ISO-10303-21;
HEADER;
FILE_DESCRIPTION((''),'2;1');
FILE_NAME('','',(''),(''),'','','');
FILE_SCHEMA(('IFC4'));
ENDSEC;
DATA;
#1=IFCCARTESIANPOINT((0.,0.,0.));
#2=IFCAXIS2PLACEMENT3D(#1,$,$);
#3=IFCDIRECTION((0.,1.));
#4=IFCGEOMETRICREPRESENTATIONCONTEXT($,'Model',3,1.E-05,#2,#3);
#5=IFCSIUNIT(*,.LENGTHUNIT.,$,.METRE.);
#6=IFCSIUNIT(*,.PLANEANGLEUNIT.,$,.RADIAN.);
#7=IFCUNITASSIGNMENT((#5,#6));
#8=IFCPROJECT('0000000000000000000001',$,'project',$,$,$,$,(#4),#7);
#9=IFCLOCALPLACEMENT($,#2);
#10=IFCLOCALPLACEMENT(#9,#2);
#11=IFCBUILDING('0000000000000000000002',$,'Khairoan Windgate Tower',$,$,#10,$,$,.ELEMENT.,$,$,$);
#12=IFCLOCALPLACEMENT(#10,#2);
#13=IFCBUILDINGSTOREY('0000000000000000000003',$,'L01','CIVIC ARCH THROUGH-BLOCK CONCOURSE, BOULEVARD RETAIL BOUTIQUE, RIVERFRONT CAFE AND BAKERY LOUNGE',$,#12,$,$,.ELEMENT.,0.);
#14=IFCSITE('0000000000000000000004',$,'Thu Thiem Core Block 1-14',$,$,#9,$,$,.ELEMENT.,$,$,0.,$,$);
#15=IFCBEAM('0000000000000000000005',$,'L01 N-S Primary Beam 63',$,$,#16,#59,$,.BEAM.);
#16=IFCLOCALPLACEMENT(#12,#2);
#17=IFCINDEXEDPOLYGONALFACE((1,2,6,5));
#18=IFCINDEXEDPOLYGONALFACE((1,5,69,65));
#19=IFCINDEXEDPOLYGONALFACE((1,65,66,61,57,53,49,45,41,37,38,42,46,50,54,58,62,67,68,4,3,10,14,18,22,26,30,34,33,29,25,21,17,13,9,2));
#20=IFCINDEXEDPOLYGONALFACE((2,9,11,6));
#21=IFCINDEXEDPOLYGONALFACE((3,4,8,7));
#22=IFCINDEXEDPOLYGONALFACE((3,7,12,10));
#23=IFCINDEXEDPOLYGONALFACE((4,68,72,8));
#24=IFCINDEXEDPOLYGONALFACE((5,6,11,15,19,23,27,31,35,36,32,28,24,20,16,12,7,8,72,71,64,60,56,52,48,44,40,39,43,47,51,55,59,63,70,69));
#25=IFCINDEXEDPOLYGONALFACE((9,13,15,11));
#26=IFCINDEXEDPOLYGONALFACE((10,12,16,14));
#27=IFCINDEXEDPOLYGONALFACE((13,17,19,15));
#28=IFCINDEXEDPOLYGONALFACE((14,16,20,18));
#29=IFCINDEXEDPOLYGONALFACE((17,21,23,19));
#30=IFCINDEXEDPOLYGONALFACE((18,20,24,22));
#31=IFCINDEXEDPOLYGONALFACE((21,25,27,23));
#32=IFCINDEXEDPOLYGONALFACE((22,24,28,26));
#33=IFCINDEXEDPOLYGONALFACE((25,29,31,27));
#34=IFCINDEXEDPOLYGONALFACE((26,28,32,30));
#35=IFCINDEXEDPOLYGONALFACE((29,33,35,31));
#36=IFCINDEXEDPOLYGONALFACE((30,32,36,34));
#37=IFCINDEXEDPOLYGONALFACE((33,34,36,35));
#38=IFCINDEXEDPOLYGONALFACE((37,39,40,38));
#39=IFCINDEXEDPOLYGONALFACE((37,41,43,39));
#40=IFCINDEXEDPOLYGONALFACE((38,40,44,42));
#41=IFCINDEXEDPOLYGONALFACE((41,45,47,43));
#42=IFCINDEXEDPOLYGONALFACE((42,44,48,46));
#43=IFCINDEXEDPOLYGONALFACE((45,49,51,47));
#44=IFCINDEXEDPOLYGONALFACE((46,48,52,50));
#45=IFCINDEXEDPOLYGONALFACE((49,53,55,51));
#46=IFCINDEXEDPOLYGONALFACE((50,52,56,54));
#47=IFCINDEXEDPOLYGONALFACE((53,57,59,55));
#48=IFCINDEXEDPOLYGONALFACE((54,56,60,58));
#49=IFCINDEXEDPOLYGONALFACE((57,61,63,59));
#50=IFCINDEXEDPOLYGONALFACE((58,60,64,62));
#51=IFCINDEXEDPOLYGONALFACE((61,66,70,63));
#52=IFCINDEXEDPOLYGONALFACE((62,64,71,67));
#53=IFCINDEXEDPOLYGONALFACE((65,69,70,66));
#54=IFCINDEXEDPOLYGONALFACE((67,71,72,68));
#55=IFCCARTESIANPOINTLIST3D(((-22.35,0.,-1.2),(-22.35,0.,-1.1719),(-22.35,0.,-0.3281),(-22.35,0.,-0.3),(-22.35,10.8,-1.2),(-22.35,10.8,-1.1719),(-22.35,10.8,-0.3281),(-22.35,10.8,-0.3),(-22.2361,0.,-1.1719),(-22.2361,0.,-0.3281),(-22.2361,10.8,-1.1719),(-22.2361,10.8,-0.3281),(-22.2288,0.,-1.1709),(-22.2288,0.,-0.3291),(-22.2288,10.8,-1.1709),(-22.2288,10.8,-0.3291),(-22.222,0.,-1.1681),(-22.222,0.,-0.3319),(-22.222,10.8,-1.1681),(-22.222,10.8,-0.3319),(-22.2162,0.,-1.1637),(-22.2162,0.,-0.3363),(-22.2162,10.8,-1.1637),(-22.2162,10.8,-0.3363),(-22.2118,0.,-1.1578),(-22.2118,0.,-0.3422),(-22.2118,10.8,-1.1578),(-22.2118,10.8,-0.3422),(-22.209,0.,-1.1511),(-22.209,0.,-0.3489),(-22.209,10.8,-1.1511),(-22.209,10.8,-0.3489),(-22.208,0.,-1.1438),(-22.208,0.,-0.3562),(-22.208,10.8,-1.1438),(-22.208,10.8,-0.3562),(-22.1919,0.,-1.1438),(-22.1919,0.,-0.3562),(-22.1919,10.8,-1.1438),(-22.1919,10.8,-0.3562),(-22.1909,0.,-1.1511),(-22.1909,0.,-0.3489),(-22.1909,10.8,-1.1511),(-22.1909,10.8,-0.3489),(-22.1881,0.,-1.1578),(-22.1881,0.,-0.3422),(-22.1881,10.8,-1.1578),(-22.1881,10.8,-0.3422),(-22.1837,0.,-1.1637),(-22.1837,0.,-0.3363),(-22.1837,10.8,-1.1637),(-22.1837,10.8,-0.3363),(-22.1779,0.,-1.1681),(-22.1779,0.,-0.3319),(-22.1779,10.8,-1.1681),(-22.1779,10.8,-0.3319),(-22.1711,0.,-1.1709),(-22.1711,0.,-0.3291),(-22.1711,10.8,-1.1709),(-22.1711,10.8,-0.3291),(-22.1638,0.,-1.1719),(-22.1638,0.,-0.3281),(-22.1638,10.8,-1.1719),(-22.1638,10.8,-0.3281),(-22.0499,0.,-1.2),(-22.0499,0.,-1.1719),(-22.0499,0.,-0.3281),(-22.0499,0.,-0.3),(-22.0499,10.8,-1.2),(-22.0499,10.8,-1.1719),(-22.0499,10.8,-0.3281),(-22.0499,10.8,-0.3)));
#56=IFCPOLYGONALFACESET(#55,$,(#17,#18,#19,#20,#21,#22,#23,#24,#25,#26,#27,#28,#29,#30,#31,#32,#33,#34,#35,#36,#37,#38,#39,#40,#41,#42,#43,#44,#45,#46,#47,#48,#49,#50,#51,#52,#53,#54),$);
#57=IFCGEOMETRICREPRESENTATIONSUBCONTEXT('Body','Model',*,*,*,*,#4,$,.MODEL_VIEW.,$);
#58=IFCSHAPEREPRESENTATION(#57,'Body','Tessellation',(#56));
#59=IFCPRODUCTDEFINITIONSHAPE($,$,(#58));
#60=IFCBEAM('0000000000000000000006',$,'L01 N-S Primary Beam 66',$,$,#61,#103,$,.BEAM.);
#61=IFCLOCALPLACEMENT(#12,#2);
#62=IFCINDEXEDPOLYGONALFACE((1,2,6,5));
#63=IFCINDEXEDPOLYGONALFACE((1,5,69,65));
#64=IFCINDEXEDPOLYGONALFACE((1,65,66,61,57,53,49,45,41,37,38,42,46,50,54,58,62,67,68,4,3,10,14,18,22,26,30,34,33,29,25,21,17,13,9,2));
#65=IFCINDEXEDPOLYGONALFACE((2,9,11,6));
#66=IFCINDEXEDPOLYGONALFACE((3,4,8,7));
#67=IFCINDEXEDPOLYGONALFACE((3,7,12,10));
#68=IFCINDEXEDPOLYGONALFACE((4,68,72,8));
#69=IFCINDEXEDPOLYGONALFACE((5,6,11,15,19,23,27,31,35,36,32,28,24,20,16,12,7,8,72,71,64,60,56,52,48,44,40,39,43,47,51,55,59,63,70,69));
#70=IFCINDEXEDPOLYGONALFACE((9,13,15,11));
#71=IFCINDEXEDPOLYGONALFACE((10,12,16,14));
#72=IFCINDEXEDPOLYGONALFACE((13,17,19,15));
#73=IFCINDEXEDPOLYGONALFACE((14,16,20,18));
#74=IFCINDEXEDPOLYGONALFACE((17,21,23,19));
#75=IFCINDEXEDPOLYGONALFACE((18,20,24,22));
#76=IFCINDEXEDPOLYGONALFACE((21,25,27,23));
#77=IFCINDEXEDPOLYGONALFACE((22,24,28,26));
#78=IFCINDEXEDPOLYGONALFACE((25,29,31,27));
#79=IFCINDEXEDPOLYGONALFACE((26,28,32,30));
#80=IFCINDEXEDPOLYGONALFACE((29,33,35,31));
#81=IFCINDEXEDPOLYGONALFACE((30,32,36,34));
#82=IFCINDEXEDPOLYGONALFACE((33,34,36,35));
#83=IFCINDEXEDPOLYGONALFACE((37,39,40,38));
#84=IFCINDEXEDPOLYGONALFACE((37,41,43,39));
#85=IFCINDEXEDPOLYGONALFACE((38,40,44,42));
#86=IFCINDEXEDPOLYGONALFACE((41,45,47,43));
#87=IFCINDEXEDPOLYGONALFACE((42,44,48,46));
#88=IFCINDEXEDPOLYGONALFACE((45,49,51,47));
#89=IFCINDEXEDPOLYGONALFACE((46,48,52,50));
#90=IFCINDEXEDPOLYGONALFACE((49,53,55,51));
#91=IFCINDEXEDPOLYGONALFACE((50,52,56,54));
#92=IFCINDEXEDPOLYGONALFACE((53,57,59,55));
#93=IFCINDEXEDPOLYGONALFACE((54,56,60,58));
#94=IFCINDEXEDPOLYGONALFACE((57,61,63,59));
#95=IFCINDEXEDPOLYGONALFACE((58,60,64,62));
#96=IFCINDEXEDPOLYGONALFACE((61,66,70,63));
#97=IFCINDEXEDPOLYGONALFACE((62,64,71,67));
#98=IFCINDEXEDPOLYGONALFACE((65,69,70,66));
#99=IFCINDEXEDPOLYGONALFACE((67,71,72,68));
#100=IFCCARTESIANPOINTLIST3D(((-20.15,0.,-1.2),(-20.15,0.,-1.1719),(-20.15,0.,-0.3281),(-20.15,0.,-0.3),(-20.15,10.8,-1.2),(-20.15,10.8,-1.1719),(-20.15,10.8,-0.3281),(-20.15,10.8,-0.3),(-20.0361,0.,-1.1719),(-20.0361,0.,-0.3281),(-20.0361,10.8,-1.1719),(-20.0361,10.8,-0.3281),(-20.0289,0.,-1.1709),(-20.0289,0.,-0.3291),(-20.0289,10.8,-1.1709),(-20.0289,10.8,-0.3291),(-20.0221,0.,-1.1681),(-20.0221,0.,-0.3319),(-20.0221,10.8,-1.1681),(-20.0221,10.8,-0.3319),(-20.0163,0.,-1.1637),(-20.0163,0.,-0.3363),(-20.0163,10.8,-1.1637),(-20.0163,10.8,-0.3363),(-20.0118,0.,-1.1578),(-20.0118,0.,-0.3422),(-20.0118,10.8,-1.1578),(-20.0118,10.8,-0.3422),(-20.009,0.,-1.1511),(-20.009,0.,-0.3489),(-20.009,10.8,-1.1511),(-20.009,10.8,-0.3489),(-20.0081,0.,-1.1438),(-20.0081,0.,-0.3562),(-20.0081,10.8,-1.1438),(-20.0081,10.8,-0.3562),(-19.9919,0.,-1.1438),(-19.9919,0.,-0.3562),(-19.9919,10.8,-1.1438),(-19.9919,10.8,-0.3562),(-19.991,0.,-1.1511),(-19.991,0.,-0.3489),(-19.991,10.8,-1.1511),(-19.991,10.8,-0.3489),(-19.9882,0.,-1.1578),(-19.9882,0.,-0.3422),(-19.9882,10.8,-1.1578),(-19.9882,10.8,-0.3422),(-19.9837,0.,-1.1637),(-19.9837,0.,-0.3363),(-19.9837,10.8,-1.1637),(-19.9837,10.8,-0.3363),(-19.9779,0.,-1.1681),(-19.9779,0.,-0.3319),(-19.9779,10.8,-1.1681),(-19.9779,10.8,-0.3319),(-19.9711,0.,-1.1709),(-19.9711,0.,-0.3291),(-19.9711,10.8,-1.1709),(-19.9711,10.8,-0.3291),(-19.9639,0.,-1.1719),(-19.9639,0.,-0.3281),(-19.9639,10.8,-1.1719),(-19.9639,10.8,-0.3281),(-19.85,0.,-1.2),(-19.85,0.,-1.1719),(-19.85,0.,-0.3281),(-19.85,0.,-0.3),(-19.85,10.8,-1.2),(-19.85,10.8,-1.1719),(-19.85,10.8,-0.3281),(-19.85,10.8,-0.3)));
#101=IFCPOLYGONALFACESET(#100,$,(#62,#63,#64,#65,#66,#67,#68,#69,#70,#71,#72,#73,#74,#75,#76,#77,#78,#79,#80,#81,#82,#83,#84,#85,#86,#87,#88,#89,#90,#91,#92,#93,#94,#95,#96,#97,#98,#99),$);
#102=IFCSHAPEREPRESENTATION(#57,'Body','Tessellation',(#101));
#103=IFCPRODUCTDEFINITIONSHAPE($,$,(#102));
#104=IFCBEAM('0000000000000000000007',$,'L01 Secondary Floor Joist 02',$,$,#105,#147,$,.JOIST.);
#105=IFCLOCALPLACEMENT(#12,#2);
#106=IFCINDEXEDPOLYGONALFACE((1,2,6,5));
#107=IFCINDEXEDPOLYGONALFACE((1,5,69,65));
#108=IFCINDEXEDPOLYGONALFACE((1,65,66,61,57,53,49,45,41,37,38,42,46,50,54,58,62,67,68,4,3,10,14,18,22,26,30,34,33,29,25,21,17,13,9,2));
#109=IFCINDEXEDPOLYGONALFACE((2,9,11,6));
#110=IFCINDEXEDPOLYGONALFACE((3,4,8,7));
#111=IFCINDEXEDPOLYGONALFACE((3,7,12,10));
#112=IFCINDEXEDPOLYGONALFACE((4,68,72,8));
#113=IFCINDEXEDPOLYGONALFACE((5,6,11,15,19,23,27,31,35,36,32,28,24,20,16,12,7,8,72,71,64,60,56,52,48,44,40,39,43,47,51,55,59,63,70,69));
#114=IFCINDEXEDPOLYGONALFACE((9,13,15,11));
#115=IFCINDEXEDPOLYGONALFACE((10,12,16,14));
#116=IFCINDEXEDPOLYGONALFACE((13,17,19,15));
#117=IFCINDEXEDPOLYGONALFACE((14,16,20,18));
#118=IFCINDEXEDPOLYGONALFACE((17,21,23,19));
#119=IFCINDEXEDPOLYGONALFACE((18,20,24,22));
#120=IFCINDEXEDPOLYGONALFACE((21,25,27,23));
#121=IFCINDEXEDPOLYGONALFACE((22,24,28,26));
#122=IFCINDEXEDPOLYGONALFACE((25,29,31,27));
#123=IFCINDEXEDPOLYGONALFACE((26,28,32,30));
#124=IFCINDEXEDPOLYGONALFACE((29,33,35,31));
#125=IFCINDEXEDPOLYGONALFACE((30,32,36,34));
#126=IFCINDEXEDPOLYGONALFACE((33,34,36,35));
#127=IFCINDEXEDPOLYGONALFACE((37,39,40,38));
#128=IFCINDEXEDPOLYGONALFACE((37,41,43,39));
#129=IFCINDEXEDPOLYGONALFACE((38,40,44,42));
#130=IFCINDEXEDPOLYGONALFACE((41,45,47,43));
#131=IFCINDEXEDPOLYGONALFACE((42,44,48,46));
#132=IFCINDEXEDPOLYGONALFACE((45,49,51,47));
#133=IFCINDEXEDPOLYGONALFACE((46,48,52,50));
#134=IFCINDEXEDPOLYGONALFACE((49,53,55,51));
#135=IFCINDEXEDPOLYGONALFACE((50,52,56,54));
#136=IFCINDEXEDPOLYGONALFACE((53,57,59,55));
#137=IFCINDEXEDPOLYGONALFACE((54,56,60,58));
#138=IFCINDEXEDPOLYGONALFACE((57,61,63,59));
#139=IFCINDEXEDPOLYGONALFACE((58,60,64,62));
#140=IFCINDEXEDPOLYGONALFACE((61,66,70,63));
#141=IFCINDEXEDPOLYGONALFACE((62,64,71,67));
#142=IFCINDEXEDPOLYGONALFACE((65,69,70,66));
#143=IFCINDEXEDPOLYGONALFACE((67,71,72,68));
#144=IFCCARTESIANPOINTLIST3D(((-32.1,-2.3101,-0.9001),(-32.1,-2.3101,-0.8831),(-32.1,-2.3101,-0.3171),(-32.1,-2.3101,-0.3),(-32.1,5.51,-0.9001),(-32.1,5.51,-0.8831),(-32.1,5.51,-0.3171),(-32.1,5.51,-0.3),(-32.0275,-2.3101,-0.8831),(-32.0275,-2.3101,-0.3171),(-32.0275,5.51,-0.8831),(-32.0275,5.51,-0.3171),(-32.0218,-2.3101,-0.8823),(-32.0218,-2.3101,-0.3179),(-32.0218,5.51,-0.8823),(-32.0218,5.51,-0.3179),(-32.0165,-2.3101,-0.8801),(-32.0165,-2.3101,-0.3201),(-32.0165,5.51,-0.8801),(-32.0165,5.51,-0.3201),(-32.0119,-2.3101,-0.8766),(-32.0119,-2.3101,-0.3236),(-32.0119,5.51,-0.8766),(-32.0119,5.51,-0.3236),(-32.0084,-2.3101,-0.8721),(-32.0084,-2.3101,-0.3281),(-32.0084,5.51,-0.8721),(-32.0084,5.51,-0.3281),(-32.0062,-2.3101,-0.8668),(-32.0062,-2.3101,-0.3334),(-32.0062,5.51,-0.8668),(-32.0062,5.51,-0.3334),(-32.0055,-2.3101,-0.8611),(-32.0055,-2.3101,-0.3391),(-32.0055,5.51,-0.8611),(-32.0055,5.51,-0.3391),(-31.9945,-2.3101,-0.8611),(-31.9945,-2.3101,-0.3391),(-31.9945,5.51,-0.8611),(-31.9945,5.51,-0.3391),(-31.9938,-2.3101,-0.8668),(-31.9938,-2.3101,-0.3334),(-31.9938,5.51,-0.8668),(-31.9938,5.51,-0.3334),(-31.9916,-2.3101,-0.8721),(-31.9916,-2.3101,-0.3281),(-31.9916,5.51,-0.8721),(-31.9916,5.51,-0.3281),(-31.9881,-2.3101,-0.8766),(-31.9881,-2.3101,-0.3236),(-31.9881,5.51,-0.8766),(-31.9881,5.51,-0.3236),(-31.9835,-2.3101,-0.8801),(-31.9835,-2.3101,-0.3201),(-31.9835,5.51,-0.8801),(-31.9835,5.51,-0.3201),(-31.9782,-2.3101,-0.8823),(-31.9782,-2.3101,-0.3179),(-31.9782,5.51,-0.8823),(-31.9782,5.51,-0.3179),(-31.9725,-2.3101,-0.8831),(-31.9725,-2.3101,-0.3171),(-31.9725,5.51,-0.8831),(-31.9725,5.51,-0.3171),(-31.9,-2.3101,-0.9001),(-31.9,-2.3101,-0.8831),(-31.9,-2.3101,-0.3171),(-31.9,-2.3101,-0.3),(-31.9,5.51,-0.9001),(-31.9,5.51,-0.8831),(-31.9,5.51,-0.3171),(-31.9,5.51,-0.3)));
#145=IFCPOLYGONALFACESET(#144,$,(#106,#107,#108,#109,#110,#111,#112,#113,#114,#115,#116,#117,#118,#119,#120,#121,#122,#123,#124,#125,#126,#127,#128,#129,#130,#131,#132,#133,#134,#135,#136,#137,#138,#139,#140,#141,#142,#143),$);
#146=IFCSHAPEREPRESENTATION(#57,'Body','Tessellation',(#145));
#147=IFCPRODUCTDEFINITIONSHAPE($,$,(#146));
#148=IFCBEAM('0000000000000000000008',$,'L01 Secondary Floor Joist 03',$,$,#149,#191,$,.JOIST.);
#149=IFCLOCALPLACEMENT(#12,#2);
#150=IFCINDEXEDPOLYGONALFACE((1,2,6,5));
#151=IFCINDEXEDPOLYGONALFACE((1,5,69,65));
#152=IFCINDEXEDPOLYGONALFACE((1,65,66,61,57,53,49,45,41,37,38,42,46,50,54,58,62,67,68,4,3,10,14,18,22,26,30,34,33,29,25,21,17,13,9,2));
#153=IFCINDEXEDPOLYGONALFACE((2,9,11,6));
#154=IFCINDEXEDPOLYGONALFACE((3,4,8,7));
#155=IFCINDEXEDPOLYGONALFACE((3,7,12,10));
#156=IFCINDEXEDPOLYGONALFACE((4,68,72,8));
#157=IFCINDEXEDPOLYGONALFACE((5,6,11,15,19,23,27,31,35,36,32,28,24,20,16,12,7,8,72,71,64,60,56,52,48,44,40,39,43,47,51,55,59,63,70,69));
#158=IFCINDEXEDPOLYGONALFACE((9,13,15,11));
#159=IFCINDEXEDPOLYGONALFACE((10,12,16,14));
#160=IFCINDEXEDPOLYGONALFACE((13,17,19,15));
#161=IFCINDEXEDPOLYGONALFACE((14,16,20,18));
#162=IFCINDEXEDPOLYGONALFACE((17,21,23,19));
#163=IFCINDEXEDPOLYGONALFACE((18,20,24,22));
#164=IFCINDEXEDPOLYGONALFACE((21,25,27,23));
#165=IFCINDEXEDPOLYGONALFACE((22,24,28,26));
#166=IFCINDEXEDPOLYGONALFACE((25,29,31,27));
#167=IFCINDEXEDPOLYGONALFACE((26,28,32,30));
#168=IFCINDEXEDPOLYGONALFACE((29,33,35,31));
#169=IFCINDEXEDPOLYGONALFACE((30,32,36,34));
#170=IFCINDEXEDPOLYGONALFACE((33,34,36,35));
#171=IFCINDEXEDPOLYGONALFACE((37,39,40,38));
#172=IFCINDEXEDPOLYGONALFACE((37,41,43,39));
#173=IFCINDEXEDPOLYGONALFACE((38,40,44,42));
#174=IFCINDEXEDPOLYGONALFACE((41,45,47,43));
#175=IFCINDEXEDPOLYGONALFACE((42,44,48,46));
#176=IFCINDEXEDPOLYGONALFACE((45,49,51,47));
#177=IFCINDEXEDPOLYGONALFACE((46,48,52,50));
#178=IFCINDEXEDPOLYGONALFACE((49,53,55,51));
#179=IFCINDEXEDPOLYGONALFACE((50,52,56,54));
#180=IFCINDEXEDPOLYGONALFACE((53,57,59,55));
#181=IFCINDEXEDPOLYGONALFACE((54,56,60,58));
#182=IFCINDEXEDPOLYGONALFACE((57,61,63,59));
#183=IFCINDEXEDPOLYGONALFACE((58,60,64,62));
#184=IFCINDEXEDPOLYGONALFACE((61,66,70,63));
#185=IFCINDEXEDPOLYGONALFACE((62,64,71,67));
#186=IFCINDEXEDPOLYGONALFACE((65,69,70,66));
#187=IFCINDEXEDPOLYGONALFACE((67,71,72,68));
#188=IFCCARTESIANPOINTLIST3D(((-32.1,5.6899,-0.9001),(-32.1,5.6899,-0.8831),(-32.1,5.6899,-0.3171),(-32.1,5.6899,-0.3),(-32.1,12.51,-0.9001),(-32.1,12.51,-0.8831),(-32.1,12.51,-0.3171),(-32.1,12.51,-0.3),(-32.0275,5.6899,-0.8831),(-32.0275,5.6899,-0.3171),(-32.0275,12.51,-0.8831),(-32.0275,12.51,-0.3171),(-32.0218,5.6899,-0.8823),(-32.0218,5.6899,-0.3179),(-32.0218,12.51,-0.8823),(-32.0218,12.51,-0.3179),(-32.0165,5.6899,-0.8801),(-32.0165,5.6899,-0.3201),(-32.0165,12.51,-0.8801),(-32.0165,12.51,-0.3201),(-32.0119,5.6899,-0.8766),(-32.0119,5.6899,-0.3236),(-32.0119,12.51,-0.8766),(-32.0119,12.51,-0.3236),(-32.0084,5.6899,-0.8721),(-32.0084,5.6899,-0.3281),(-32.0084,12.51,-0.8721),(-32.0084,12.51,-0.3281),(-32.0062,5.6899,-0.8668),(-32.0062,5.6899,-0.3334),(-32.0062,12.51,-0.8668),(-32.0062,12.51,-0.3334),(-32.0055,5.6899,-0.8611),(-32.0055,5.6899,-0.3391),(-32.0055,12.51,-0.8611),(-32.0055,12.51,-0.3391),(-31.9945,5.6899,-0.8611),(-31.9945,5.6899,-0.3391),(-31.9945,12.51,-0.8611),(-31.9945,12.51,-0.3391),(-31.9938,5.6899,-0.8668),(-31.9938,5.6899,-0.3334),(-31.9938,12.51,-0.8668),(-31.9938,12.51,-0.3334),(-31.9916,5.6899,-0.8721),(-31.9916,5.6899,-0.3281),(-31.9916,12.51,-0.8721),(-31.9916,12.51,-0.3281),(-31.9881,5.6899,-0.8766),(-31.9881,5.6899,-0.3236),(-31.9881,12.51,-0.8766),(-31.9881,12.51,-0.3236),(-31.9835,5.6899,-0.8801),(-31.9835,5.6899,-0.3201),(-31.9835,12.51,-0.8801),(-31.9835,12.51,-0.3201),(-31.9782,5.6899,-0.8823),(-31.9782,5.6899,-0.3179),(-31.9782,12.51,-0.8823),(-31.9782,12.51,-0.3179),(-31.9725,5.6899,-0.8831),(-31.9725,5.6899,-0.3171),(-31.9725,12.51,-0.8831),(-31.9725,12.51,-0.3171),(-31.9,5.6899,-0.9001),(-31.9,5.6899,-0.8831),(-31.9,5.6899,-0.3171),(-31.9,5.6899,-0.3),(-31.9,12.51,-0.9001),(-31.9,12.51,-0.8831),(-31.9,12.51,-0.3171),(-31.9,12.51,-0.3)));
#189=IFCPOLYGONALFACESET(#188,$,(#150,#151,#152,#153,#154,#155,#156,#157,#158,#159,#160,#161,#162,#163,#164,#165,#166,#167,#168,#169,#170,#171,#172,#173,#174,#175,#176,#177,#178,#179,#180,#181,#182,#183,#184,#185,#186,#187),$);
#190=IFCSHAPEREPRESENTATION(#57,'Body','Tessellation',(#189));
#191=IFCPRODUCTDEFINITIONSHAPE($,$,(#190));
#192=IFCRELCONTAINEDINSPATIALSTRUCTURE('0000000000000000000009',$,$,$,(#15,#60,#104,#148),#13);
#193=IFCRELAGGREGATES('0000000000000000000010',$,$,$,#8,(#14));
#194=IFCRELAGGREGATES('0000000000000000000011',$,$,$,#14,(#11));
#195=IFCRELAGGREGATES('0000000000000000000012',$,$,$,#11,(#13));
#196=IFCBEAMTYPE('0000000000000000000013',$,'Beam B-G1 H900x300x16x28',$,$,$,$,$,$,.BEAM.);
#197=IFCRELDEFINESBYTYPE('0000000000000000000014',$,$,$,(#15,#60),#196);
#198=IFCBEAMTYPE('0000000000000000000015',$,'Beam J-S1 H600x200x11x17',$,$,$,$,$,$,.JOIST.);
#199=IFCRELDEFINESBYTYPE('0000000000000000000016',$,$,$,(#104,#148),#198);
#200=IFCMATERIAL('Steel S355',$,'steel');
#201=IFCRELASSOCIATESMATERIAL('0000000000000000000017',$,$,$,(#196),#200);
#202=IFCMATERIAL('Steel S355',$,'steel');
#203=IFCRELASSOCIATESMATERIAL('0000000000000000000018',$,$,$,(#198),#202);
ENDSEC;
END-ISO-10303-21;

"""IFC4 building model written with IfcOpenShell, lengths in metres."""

from ifc_helpers import new_model, si_unit, direction, frame, origin, origin_2d, place, context, subcontext, project, spatial, i_section, extrude, material, material_profile, profile_set, type_object, element, save


model = new_model("IFC4")

# Units and contexts
model_context = context("Model", 3, precision=1e-05, world=origin(), true_north=direction((0.0, 1.0)))
body_context = subcontext(model_context, "Body", "Model", "MODEL_VIEW")
ifc_project = project(units=[si_unit("LENGTHUNIT", "METRE"), si_unit("PLANEANGLEUNIT", "RADIAN")], contexts=[model_context])

# Site, building, storey
site_placement = place(None, origin())
site = spatial("IfcSite", under=ifc_project, at=site_placement, Name="Thu Thiem Core Block 1-14", CompositionType="ELEMENT", RefElevation=0.0)
building_placement = place(site_placement, origin())
building = spatial("IfcBuilding", under=site, at=building_placement, Name="Khairoan Windgate Tower", CompositionType="ELEMENT")
storey_placement = place(building_placement, origin())
storey = spatial("IfcBuildingStorey", under=building, at=storey_placement, Name="L01", Description="CIVIC ARCH THROUGH-BLOCK CONCOURSE, BOULEVARD RETAIL BOUTIQUE, RIVERFRONT CAFE AND BAKERY LOUNGE", CompositionType="ELEMENT", Elevation=0.0)

# Beams
ifc_material_1 = material(Name="Steel S355", Category="steel")
ifc_material_profile_1 = material_profile(ifc_material_1, i_section(OverallWidth=0.3, OverallDepth=0.8999, WebThickness=0.0161, FlangeThickness=0.0281, FilletRadius=0.0281, at=origin_2d()))
ifc_profile_set_1 = profile_set([ifc_material_profile_1], Name="Steel S355")
beam_type_1 = type_object("IfcBeamType", Name="Beam B-G1 H900x300x16x28", PredefinedType="BEAM", material=ifc_profile_set_1)
for number, where, z_axis, x_axis, name in (
    (1, (-22.2, 0.0, -0.75), (0.0, 1.0, 0.0), (-1.0, 0.0, 0.0), "L01 N-S Primary Beam 63"),
    (2, (-20.0, 0.0, -0.75), (0.0, 1.0, 0.0), (-1.0, 0.0, 0.0), "L01 N-S Primary Beam 66"),
):
    element("IfcBeam", number, at=place(storey_placement, frame(where, z_axis=z_axis, x_axis=x_axis)), inside=storey, type_object=beam_type_1, Name=name, PredefinedType="BEAM", context=body_context, shape_type="SweptSolid", body=[
        extrude(i_section(OverallWidth=0.3, OverallDepth=0.8999, WebThickness=0.0161, FlangeThickness=0.0281, FilletRadius=0.0281, at=origin_2d()), origin(), (0.0, 0.0, 1.0), 10.8),
    ])
ifc_material_2 = material(Name="Steel S355", Category="steel")
ifc_material_profile_2 = material_profile(ifc_material_2, i_section(OverallWidth=0.2, OverallDepth=0.6001, WebThickness=0.011, FlangeThickness=0.0171, FilletRadius=0.022, at=origin_2d()))
ifc_profile_set_2 = profile_set([ifc_material_profile_2], Name="Steel S355")
beam_type_2 = type_object("IfcBeamType", Name="Beam J-S1 H600x200x11x17", PredefinedType="JOIST", material=ifc_profile_set_2)
beam_1_placement = place(storey_placement, frame((-32.0, -2.3101, -0.6001), z_axis=(0.0, 1.0, 0.0), x_axis=(-1.0, 0.0, 0.0)))
element("IfcBeam", 3, at=beam_1_placement, inside=storey, type_object=beam_type_2, Name="L01 Secondary Floor Joist 02", PredefinedType="JOIST", context=body_context, shape_type="SweptSolid", body=[
    extrude(i_section(OverallWidth=0.2, OverallDepth=0.6001, WebThickness=0.011, FlangeThickness=0.0171, FilletRadius=0.022, at=origin_2d()), origin(), (0.0, 0.0, 1.0), 7.8201),
])
beam_2_placement = place(storey_placement, frame((-32.0, 5.6899, -0.6001), z_axis=(0.0, 1.0, 0.0), x_axis=(-1.0, 0.0, 0.0)))
element("IfcBeam", 4, at=beam_2_placement, inside=storey, type_object=beam_type_2, Name="L01 Secondary Floor Joist 03", PredefinedType="JOIST", context=body_context, shape_type="SweptSolid", body=[
    extrude(i_section(OverallWidth=0.2, OverallDepth=0.6001, WebThickness=0.011, FlangeThickness=0.0171, FilletRadius=0.022, at=origin_2d()), origin(), (0.0, 0.0, 1.0), 6.8201),
])

save(model, "model.ifc")
